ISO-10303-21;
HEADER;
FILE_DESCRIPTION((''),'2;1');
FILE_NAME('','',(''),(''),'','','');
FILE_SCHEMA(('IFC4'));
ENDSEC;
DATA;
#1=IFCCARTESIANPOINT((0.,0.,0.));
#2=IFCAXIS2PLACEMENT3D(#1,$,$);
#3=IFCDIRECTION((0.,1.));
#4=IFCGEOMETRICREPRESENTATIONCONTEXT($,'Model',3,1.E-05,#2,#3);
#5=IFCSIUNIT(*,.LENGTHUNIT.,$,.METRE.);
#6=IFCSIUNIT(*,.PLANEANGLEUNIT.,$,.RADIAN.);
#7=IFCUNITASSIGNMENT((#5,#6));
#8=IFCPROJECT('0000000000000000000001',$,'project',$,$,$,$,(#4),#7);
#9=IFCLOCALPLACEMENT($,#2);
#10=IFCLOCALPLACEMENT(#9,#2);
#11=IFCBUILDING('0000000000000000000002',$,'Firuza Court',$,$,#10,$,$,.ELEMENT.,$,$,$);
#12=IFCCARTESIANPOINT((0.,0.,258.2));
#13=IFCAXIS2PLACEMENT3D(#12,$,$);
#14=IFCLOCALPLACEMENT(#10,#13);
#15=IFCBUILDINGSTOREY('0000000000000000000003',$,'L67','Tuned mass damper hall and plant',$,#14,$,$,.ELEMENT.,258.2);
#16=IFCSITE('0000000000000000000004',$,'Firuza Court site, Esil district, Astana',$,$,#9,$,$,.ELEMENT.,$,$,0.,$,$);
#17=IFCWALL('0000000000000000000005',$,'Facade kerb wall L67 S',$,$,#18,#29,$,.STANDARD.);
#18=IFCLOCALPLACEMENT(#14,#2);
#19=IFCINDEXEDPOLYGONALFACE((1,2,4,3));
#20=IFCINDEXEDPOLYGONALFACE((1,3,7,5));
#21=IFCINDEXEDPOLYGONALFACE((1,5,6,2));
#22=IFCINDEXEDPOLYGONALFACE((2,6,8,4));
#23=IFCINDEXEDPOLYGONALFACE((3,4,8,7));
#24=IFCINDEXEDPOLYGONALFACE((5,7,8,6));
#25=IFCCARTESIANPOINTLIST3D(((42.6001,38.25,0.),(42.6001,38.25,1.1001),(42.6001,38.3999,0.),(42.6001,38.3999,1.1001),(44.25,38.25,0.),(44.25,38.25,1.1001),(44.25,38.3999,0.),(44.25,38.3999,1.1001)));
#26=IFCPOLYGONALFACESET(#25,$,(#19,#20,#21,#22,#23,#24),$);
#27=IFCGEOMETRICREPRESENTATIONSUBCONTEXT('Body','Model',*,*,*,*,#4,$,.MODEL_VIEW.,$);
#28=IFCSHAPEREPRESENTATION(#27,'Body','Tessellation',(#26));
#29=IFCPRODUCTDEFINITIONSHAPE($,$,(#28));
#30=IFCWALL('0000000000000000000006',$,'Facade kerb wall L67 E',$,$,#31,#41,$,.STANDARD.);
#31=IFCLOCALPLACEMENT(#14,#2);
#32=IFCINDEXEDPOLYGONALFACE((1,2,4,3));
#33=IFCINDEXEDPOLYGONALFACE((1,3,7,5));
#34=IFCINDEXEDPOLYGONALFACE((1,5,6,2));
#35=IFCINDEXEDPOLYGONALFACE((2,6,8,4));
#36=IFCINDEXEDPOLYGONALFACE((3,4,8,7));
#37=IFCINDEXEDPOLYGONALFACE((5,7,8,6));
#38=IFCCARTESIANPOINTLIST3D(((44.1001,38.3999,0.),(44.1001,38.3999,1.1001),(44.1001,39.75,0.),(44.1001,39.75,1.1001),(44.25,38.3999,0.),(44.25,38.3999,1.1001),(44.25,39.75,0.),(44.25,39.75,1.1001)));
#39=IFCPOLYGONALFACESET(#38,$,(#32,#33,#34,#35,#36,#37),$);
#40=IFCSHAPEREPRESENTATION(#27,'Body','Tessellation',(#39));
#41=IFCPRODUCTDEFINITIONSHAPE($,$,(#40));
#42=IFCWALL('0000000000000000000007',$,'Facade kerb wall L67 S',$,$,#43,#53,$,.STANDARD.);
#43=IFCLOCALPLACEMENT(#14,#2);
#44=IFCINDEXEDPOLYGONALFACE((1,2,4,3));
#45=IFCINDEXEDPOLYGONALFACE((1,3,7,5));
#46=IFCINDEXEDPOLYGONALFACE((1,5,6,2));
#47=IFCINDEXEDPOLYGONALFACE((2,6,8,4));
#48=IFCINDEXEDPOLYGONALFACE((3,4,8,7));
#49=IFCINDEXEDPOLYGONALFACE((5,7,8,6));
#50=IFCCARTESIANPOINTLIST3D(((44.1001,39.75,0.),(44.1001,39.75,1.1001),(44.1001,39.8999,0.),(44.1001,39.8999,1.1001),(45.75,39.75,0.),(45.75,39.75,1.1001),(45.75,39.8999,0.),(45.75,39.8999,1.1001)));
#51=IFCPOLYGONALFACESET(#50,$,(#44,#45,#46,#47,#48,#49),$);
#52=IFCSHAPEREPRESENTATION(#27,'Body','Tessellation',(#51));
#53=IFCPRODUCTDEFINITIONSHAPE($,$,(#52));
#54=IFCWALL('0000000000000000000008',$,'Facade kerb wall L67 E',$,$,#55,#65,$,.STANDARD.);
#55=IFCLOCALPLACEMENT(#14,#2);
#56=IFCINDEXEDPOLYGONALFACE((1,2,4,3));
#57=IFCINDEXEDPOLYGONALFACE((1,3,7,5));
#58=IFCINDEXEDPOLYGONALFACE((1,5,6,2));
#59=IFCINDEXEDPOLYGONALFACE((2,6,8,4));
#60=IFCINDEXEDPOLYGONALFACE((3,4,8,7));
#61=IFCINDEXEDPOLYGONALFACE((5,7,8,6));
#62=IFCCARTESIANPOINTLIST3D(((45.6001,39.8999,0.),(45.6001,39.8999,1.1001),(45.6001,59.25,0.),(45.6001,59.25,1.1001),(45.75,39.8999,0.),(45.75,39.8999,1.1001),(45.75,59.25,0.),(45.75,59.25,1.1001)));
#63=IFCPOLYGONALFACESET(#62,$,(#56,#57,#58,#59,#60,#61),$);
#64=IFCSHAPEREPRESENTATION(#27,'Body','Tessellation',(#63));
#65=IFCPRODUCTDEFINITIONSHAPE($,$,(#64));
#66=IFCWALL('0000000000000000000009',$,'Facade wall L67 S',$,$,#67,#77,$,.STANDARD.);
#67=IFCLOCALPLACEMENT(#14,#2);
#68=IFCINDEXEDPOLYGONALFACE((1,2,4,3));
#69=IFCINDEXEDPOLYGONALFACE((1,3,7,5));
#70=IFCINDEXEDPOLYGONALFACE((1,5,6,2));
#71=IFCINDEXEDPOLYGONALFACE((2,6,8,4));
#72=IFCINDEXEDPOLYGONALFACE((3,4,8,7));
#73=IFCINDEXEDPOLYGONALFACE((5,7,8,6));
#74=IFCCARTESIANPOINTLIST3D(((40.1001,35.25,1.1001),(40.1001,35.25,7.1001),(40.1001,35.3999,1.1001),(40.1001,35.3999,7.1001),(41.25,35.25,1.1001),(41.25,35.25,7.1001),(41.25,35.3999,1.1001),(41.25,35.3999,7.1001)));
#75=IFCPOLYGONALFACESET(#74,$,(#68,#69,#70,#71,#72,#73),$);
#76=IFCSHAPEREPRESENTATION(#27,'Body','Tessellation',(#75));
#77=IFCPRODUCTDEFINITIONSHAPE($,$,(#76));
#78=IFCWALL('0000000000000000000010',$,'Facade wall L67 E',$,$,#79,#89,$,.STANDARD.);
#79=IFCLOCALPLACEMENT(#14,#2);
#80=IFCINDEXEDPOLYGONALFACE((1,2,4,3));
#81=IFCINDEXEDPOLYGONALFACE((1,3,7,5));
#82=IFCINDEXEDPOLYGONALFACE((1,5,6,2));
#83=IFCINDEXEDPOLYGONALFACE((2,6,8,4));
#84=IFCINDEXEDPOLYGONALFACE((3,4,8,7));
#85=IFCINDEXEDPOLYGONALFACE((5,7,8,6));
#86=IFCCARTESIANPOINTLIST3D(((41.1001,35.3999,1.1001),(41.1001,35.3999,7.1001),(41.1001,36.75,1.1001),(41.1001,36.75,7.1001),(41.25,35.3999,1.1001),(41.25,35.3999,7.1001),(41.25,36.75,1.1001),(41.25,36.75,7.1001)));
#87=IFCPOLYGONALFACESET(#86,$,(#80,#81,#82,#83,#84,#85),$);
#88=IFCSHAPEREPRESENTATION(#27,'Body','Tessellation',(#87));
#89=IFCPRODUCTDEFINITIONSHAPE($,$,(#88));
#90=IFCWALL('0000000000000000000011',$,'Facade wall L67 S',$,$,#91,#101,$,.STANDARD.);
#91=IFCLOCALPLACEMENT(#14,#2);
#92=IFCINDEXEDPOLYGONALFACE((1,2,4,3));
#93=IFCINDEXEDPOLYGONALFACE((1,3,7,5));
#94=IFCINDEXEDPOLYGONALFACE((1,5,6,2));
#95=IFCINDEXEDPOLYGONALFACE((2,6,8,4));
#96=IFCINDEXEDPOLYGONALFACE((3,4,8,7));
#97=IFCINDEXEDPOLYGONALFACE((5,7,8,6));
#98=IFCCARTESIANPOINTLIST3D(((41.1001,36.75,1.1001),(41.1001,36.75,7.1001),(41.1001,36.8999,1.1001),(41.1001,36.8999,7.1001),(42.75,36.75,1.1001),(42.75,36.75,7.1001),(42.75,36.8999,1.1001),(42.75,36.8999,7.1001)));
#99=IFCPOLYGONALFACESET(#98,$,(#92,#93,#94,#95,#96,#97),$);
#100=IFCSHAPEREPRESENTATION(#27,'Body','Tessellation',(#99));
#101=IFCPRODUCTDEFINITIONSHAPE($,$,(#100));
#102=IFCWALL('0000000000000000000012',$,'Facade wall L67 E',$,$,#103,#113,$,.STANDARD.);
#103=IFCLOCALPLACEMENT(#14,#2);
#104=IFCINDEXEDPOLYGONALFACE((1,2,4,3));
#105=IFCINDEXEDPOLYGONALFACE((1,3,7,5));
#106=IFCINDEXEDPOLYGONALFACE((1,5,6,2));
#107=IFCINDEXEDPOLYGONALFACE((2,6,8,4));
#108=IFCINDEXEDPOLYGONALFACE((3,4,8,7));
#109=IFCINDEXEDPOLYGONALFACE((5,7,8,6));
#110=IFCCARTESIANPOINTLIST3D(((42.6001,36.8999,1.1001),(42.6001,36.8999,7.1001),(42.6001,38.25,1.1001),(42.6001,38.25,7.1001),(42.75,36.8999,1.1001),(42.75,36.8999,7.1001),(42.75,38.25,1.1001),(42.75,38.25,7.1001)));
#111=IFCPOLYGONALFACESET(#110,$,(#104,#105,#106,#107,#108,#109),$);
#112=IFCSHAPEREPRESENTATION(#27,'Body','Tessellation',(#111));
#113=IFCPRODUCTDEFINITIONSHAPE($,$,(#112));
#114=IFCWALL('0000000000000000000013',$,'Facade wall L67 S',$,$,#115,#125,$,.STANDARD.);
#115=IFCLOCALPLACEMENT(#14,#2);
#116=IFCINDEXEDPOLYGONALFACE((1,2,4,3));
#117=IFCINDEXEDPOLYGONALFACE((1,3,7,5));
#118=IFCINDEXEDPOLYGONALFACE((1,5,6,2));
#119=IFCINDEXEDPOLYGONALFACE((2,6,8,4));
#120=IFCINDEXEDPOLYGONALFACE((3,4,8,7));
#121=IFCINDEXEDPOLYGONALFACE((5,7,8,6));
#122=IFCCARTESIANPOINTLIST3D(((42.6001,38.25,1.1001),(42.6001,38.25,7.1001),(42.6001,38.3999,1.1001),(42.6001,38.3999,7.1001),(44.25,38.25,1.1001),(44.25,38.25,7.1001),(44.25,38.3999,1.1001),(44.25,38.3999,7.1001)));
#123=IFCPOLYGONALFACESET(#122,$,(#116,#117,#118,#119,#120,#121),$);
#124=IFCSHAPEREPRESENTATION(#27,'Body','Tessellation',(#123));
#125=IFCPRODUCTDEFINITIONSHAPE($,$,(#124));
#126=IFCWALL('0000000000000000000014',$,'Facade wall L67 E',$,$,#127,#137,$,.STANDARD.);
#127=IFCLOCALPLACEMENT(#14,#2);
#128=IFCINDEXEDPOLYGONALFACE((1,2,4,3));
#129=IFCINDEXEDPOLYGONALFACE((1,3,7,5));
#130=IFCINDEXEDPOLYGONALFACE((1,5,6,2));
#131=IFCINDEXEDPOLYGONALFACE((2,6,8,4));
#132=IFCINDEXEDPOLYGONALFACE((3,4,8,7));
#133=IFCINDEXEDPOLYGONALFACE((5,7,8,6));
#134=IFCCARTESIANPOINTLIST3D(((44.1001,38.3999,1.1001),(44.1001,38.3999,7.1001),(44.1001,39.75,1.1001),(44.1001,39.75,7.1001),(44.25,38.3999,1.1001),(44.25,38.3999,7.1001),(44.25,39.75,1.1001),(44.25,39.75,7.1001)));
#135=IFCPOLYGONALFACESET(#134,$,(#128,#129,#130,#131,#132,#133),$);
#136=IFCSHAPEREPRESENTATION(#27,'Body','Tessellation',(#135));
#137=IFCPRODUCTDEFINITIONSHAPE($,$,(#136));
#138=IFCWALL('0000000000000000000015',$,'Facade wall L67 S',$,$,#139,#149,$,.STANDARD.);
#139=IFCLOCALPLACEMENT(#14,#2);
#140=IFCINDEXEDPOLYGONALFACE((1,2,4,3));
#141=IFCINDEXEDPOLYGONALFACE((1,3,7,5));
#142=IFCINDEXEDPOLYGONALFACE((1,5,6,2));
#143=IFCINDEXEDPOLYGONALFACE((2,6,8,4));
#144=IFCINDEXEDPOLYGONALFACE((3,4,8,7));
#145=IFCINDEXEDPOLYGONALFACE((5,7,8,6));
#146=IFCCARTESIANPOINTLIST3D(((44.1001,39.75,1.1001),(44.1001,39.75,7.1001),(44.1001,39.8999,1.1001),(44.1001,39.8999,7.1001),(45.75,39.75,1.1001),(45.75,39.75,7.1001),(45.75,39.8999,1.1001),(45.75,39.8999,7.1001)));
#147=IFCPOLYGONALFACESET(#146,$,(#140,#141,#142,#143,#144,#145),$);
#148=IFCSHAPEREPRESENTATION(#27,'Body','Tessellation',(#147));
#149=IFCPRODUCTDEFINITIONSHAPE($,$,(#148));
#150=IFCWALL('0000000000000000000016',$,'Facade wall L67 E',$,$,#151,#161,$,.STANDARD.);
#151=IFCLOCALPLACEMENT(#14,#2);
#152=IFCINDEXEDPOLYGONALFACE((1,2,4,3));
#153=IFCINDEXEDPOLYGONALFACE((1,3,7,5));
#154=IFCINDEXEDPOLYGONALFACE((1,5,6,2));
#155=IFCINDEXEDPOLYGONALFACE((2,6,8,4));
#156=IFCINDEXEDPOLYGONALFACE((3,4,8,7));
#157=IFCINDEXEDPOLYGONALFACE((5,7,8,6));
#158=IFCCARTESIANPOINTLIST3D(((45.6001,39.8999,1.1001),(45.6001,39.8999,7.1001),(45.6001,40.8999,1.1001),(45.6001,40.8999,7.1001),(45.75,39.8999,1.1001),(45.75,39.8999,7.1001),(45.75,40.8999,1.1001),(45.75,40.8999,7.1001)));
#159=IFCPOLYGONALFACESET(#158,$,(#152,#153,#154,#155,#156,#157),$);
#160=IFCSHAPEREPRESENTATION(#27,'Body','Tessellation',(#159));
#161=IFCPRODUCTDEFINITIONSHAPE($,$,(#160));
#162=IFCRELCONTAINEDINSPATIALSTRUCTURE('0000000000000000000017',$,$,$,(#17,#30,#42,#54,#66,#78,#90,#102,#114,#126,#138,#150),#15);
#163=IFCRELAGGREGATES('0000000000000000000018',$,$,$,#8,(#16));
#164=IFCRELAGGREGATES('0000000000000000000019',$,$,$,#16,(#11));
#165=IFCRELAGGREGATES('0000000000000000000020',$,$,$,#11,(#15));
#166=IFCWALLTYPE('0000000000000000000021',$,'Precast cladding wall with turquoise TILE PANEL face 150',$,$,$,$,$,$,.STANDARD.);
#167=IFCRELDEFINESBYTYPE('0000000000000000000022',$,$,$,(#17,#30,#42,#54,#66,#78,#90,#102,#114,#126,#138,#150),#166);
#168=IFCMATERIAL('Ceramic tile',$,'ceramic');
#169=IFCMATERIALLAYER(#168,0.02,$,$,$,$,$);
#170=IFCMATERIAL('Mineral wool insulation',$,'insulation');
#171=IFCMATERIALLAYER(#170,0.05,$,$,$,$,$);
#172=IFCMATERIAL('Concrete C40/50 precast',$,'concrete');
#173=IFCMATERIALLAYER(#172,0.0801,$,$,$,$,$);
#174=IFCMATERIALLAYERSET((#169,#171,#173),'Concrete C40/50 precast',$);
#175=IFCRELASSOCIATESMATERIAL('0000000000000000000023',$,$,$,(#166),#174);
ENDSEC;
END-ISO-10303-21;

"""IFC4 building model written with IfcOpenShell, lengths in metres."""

from ifc_helpers import new_model, si_unit, direction, frame, frame_2d, origin, place, context, subcontext, project, spatial, rectangle, extrude, material, layer, layer_set, type_object, element, save


model = new_model("IFC4")

# Units and contexts
model_context = context("Model", 3, precision=1e-05, world=origin(), true_north=direction((0.0, 1.0)))
body_context = subcontext(model_context, "Body", "Model", "MODEL_VIEW")
ifc_project = project(units=[si_unit("LENGTHUNIT", "METRE"), si_unit("PLANEANGLEUNIT", "RADIAN")], contexts=[model_context])

# Site, building, storey
site_placement = place(None, origin())
site = spatial("IfcSite", under=ifc_project, at=site_placement, Name="Firuza Court site, Esil district, Astana", CompositionType="ELEMENT", RefElevation=0.0)
building_placement = place(site_placement, origin())
building = spatial("IfcBuilding", under=site, at=building_placement, Name="Firuza Court", CompositionType="ELEMENT")
storey_placement = place(building_placement, frame((0.0, 0.0, 258.2)))
storey = spatial("IfcBuildingStorey", under=building, at=storey_placement, Name="L67", Description="Tuned mass damper hall and plant", CompositionType="ELEMENT", Elevation=258.2)

# Walls
ifc_material_1 = material(Name="Ceramic tile", Category="ceramic")
ifc_layer_1 = layer(ifc_material_1, 0.02)
ifc_material_2 = material(Name="Mineral wool insulation", Category="insulation")
ifc_layer_2 = layer(ifc_material_2, 0.05)
ifc_material_3 = material(Name="Concrete C40/50 precast", Category="concrete")
ifc_layer_3 = layer(ifc_material_3, 0.0801)
ifc_layer_set = layer_set([ifc_layer_1, ifc_layer_2, ifc_layer_3], Name="Concrete C40/50 precast")
wall_type = type_object("IfcWallType", Name="Precast cladding wall with turquoise TILE PANEL face 150", PredefinedType="STANDARD", material=ifc_layer_set)
wall_1_placement = place(storey_placement, frame((42.6001, 38.325, 0.0), z_axis=(0.0, 0.0, 1.0), x_axis=(1.0, 0.0, 0.0)))
element("IfcWall", 1, at=wall_1_placement, inside=storey, type_object=wall_type, Name="Facade kerb wall L67 S", PredefinedType="STANDARD", context=body_context, shape_type="SweptSolid", body=[
    extrude(rectangle(XDim=1.6499, YDim=0.1499, at=frame_2d((0.825, 0.0))), origin(), (0.0, 0.0, 1.0), 1.1001),
])
wall_2_placement = place(storey_placement, frame((44.175, 38.3999, 0.0), z_axis=(0.0, 0.0, 1.0), x_axis=(0.0, 1.0, 0.0)))
element("IfcWall", 2, at=wall_2_placement, inside=storey, type_object=wall_type, Name="Facade kerb wall L67 E", PredefinedType="STANDARD", context=body_context, shape_type="SweptSolid", body=[
    extrude(rectangle(XDim=1.3501, YDim=0.1499, at=frame_2d((0.675, 0.0))), origin(), (0.0, 0.0, 1.0), 1.1001),
])
wall_3_placement = place(storey_placement, frame((44.1001, 39.825, 0.0), z_axis=(0.0, 0.0, 1.0), x_axis=(1.0, 0.0, 0.0)))
element("IfcWall", 3, at=wall_3_placement, inside=storey, type_object=wall_type, Name="Facade kerb wall L67 S", PredefinedType="STANDARD", context=body_context, shape_type="SweptSolid", body=[
    extrude(rectangle(XDim=1.6499, YDim=0.1499, at=frame_2d((0.825, 0.0))), origin(), (0.0, 0.0, 1.0), 1.1001),
])
wall_4_placement = place(storey_placement, frame((45.675, 39.8999, 0.0), z_axis=(0.0, 0.0, 1.0), x_axis=(0.0, 1.0, 0.0)))
element("IfcWall", 4, at=wall_4_placement, inside=storey, type_object=wall_type, Name="Facade kerb wall L67 E", PredefinedType="STANDARD", context=body_context, shape_type="SweptSolid", body=[
    extrude(rectangle(XDim=19.3501, YDim=0.1499, at=frame_2d((9.675, 0.0))), origin(), (0.0, 0.0, 1.0), 1.1001),
])
wall_5_placement = place(storey_placement, frame((40.1001, 35.325, 1.1001), z_axis=(0.0, 0.0, 1.0), x_axis=(1.0, 0.0, 0.0)))
element("IfcWall", 5, at=wall_5_placement, inside=storey, type_object=wall_type, Name="Facade wall L67 S", PredefinedType="STANDARD", context=body_context, shape_type="SweptSolid", body=[
    extrude(rectangle(XDim=1.1499, YDim=0.1499, at=frame_2d((0.575, 0.0))), origin(), (0.0, 0.0, 1.0), 6.0),
])
wall_6_placement = place(storey_placement, frame((41.175, 35.3999, 1.1001), z_axis=(0.0, 0.0, 1.0), x_axis=(0.0, 1.0, 0.0)))
element("IfcWall", 6, at=wall_6_placement, inside=storey, type_object=wall_type, Name="Facade wall L67 E", PredefinedType="STANDARD", context=body_context, shape_type="SweptSolid", body=[
    extrude(rectangle(XDim=1.3501, YDim=0.1499, at=frame_2d((0.675, 0.0))), origin(), (0.0, 0.0, 1.0), 6.0),
])
wall_7_placement = place(storey_placement, frame((41.1001, 36.825, 1.1001), z_axis=(0.0, 0.0, 1.0), x_axis=(1.0, 0.0, 0.0)))
element("IfcWall", 7, at=wall_7_placement, inside=storey, type_object=wall_type, Name="Facade wall L67 S", PredefinedType="STANDARD", context=body_context, shape_type="SweptSolid", body=[
    extrude(rectangle(XDim=1.6499, YDim=0.1499, at=frame_2d((0.825, 0.0))), origin(), (0.0, 0.0, 1.0), 6.0),
])
wall_8_placement = place(storey_placement, frame((42.675, 36.8999, 1.1001), z_axis=(0.0, 0.0, 1.0), x_axis=(0.0, 1.0, 0.0)))
element("IfcWall", 8, at=wall_8_placement, inside=storey, type_object=wall_type, Name="Facade wall L67 E", PredefinedType="STANDARD", context=body_context, shape_type="SweptSolid", body=[
    extrude(rectangle(XDim=1.3501, YDim=0.1499, at=frame_2d((0.675, 0.0))), origin(), (0.0, 0.0, 1.0), 6.0),
])
wall_9_placement = place(storey_placement, frame((42.6001, 38.325, 1.1001), z_axis=(0.0, 0.0, 1.0), x_axis=(1.0, 0.0, 0.0)))
element("IfcWall", 9, at=wall_9_placement, inside=storey, type_object=wall_type, Name="Facade wall L67 S", PredefinedType="STANDARD", context=body_context, shape_type="SweptSolid", body=[
    extrude(rectangle(XDim=1.6499, YDim=0.1499, at=frame_2d((0.825, 0.0))), origin(), (0.0, 0.0, 1.0), 6.0),
])
wall_10_placement = place(storey_placement, frame((44.175, 38.3999, 1.1001), z_axis=(0.0, 0.0, 1.0), x_axis=(0.0, 1.0, 0.0)))
element("IfcWall", 10, at=wall_10_placement, inside=storey, type_object=wall_type, Name="Facade wall L67 E", PredefinedType="STANDARD", context=body_context, shape_type="SweptSolid", body=[
    extrude(rectangle(XDim=1.3501, YDim=0.1499, at=frame_2d((0.675, 0.0))), origin(), (0.0, 0.0, 1.0), 6.0),
])
wall_11_placement = place(storey_placement, frame((44.1001, 39.825, 1.1001), z_axis=(0.0, 0.0, 1.0), x_axis=(1.0, 0.0, 0.0)))
element("IfcWall", 11, at=wall_11_placement, inside=storey, type_object=wall_type, Name="Facade wall L67 S", PredefinedType="STANDARD", context=body_context, shape_type="SweptSolid", body=[
    extrude(rectangle(XDim=1.6499, YDim=0.1499, at=frame_2d((0.825, 0.0))), origin(), (0.0, 0.0, 1.0), 6.0),
])
wall_12_placement = place(storey_placement, frame((45.675, 39.8999, 1.1001), z_axis=(0.0, 0.0, 1.0), x_axis=(0.0, 1.0, 0.0)))
element("IfcWall", 12, at=wall_12_placement, inside=storey, type_object=wall_type, Name="Facade wall L67 E", PredefinedType="STANDARD", context=body_context, shape_type="SweptSolid", body=[
    extrude(rectangle(XDim=1.0, YDim=0.1499, at=frame_2d((0.5, 0.0))), origin(), (0.0, 0.0, 1.0), 6.0),
])

save(model, "model.ifc")
